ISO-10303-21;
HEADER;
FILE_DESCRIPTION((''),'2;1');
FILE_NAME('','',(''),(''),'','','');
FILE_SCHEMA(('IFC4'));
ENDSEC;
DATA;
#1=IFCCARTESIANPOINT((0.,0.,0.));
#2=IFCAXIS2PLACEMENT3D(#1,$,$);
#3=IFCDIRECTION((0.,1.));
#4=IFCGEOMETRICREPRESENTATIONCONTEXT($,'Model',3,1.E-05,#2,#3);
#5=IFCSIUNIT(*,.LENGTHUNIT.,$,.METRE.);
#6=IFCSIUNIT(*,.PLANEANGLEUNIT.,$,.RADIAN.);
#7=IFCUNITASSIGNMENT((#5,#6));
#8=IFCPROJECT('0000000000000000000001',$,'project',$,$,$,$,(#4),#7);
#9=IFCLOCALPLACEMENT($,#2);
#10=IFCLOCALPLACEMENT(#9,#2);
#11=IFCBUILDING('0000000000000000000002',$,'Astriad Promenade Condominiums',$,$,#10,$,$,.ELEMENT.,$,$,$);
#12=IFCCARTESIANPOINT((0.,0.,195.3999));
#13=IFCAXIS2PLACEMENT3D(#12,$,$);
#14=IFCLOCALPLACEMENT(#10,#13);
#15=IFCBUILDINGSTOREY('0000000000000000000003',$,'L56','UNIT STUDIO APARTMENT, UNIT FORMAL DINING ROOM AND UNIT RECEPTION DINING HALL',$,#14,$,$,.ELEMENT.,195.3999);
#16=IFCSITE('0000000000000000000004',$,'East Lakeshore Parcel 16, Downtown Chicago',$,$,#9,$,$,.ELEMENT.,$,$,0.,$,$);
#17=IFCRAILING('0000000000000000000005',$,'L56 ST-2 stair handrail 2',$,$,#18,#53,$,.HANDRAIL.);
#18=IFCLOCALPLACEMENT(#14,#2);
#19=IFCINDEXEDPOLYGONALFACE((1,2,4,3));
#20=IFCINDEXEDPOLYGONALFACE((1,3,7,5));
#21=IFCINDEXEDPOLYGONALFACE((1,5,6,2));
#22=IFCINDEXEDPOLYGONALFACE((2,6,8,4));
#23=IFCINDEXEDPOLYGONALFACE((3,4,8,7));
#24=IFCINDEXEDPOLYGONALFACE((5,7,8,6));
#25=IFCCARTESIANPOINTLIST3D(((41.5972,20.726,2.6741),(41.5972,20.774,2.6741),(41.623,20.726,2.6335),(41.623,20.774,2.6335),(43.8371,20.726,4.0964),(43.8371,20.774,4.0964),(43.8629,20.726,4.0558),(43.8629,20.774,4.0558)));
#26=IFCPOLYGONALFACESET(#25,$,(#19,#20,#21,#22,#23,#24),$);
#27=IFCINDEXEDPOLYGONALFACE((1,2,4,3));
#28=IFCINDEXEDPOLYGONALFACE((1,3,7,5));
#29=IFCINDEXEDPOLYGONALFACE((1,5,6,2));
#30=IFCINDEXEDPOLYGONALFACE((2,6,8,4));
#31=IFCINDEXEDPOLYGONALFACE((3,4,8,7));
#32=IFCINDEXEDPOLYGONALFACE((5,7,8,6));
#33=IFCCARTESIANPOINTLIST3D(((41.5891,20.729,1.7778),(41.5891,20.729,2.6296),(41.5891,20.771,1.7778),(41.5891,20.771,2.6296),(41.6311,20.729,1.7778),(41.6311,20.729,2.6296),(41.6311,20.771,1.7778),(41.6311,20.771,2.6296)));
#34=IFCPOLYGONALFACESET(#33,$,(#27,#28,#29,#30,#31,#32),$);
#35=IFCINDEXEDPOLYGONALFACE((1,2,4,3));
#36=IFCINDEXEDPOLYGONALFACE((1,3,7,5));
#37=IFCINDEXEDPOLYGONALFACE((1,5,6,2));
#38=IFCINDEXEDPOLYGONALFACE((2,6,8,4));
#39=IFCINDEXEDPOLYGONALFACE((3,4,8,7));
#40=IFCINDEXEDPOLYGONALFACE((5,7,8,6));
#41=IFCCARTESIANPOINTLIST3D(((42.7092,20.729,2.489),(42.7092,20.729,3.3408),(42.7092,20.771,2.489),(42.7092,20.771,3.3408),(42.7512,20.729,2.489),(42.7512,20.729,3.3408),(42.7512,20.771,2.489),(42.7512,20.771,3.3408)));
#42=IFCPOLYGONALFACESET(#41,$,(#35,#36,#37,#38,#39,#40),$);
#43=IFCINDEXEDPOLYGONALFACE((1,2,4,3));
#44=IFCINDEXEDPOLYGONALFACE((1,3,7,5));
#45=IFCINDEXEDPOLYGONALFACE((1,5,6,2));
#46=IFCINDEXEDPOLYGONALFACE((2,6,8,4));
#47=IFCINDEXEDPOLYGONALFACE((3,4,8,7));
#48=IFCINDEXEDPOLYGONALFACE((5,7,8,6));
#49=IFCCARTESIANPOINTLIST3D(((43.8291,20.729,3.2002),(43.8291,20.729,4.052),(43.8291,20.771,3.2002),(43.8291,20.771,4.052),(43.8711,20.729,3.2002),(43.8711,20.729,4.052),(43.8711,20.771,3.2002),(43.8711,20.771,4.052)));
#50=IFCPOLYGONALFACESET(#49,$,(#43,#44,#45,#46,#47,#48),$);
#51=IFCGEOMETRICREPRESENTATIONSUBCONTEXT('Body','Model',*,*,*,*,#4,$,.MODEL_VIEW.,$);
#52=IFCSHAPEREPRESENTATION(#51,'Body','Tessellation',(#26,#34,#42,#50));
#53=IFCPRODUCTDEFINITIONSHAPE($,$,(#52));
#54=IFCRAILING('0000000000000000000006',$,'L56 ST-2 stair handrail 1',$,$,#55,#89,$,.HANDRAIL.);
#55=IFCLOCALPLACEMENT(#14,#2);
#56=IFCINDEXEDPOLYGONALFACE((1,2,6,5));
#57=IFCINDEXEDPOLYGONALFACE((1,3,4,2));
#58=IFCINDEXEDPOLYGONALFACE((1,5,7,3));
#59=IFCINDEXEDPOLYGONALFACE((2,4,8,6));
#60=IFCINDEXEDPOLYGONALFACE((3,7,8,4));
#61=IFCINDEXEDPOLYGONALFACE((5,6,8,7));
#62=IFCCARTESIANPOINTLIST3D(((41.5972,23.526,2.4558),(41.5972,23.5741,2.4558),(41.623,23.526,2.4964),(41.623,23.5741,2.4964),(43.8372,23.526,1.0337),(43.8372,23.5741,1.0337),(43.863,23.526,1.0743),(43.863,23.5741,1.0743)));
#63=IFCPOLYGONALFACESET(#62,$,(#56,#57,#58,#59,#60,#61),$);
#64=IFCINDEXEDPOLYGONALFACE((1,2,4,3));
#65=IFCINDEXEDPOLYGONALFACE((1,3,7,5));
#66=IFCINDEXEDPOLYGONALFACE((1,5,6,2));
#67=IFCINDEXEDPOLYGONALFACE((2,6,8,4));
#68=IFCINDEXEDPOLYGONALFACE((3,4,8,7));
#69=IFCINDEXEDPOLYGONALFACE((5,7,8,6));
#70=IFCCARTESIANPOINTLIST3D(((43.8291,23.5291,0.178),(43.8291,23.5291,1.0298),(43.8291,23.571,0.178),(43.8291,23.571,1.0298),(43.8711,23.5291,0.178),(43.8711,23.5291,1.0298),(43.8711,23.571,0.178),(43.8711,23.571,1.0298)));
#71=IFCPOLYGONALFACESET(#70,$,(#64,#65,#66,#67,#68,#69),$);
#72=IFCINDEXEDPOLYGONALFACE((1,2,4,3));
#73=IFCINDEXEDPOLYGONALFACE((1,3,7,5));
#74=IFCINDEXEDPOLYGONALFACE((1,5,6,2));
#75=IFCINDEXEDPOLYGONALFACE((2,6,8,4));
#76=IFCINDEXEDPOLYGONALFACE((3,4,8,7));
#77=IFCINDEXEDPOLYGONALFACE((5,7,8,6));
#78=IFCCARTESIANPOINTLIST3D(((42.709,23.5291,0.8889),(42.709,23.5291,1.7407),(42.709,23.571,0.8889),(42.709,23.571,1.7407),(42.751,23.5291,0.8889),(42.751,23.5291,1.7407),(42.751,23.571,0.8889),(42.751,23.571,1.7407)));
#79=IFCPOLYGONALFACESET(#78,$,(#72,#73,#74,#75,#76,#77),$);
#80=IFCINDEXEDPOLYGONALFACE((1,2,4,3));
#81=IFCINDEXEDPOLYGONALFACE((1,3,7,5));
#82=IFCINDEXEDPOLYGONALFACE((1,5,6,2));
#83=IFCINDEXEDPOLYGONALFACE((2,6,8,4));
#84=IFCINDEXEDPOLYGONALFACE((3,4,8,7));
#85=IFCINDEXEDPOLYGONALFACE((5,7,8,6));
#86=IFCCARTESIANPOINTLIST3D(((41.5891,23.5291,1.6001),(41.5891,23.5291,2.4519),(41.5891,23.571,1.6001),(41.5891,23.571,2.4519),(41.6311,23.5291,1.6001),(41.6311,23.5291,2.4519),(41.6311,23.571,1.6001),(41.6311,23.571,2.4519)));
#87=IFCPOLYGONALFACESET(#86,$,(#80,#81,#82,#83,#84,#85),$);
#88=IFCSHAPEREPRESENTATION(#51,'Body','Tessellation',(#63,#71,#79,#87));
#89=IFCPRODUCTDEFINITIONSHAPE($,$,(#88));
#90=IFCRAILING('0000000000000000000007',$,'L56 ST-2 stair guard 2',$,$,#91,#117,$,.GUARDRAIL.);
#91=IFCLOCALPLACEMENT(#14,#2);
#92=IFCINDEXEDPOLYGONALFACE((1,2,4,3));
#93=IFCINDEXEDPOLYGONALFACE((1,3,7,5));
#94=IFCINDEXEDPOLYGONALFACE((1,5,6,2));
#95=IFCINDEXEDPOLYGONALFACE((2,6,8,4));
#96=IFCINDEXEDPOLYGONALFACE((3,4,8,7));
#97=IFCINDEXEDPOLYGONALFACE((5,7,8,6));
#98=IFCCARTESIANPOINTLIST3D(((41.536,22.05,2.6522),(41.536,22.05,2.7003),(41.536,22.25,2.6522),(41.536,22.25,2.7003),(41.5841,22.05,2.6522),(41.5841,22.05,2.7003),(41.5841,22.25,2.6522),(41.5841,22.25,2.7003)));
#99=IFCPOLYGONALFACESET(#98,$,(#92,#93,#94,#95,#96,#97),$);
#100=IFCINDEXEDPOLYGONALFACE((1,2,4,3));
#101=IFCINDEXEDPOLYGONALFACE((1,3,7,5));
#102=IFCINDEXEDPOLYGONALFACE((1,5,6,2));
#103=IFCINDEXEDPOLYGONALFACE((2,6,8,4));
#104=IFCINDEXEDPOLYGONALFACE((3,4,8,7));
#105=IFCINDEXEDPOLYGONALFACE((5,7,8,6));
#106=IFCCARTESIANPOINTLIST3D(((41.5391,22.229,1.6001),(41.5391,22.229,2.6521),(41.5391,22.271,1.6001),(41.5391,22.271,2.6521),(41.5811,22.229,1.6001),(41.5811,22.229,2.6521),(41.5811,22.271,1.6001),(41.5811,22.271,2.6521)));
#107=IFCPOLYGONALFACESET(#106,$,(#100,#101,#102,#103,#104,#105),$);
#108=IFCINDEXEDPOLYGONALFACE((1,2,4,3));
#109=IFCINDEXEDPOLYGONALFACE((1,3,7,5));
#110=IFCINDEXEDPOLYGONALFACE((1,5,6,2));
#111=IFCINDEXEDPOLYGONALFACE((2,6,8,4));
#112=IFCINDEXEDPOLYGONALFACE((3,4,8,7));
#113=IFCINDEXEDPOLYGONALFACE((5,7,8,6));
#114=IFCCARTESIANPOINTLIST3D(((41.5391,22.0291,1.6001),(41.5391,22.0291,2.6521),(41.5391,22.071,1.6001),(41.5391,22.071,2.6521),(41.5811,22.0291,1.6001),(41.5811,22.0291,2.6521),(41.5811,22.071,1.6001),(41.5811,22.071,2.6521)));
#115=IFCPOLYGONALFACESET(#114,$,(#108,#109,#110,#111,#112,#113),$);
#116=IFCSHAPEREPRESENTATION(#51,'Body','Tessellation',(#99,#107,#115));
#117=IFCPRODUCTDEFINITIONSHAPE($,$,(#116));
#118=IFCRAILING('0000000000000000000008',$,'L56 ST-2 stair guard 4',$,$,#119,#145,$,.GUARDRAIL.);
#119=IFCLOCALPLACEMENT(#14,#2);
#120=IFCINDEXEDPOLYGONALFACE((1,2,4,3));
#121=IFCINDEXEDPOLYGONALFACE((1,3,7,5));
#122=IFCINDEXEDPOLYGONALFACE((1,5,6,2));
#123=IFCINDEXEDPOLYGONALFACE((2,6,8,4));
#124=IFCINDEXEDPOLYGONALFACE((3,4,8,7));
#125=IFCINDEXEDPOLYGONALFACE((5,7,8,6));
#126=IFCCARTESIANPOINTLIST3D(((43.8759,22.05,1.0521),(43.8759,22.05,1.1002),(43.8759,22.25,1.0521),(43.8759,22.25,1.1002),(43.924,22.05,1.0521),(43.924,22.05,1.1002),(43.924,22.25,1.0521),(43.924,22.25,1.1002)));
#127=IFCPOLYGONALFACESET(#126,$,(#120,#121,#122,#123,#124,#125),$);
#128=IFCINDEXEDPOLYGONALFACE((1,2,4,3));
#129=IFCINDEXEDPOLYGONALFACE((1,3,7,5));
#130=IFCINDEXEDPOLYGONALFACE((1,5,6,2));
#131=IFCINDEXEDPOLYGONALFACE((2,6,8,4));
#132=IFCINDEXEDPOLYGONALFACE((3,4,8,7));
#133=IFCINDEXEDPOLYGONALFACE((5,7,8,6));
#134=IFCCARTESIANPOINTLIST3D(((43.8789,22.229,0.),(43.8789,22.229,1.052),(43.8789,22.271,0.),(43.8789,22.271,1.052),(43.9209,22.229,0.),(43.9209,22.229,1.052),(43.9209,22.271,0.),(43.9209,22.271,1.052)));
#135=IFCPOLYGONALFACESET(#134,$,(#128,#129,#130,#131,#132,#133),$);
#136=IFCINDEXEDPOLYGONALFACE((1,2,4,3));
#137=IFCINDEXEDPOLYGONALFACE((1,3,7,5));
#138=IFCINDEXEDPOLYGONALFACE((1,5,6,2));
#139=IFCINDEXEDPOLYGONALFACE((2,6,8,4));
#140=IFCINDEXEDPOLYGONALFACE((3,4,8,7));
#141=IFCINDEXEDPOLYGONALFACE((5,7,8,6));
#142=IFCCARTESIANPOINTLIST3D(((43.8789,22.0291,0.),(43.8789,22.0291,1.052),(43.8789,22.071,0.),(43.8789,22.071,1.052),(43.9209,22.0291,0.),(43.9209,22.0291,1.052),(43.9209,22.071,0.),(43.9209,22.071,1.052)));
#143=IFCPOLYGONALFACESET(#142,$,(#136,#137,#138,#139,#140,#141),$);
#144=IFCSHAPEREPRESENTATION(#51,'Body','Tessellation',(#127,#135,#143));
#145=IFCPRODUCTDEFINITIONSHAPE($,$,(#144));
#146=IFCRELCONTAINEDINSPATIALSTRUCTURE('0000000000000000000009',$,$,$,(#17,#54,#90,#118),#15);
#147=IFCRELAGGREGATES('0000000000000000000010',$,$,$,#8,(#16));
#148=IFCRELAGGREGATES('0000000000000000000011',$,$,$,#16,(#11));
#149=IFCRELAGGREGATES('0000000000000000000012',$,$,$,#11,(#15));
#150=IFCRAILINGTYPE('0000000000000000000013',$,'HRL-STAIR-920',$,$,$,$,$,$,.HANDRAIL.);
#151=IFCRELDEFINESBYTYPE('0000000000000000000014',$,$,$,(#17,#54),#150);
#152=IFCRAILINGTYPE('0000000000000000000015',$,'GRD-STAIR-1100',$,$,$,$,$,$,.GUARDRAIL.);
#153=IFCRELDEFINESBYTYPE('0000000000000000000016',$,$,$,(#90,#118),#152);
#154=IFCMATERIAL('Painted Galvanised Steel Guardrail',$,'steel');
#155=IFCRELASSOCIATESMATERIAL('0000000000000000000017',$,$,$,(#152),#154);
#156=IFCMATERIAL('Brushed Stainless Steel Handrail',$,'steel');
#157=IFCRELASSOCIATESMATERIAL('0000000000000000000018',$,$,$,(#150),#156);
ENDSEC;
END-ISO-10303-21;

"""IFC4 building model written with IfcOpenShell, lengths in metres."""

from ifc_helpers import new_model, si_unit, direction, frame, origin, origin_2d, place, context, subcontext, project, spatial, rectangle, extrude, source, transform, mapped, material, type_object, type_shapes, element, save


model = new_model("IFC4")

# Units and contexts
model_context = context("Model", 3, precision=1e-05, world=origin(), true_north=direction((0.0, 1.0)))
body_context = subcontext(model_context, "Body", "Model", "MODEL_VIEW")
ifc_project = project(units=[si_unit("LENGTHUNIT", "METRE"), si_unit("PLANEANGLEUNIT", "RADIAN")], contexts=[model_context])

# Site, building, storey
site_placement = place(None, origin())
site = spatial("IfcSite", under=ifc_project, at=site_placement, Name="East Lakeshore Parcel 16, Downtown Chicago", CompositionType="ELEMENT", RefElevation=0.0)
building_placement = place(site_placement, origin())
building = spatial("IfcBuilding", under=site, at=building_placement, Name="Astriad Promenade Condominiums", CompositionType="ELEMENT")
storey_placement = place(building_placement, frame((0.0, 0.0, 195.3999)))
storey = spatial("IfcBuildingStorey", under=building, at=storey_placement, Name="L56", Description="UNIT STUDIO APARTMENT, UNIT FORMAL DINING ROOM AND UNIT RECEPTION DINING HALL", CompositionType="ELEMENT", Elevation=195.3999)

# Railings
ifc_material_1 = material(Name="Painted Galvanised Steel Guardrail", Category="steel")
railing_type_1 = type_object("IfcRailingType", Name="GRD-STAIR-1100", PredefinedType="GUARDRAIL", material=ifc_material_1)
ifc_material_2 = material(Name="Brushed Stainless Steel Handrail", Category="steel")
railing_type_2 = type_object("IfcRailingType", Name="HRL-STAIR-920", PredefinedType="HANDRAIL", material=ifc_material_2)
shared_shape_1 = source(origin(), body_context, "Body", "SweptSolid", [
    extrude(rectangle(XDim=0.0481, YDim=0.0481, at=origin_2d()), frame((0.0, 0.0, 0.876), z_axis=(0.844188, 0.0, 0.536048), x_axis=(0.0, 1.0, 0.0)), (0.0, 0.0, 1.0), 2.6533),
    extrude(rectangle(XDim=0.042, YDim=0.042, at=origin_2d()), origin(), (0.0, 0.0, 1.0), 0.8518),
    extrude(rectangle(XDim=0.042, YDim=0.042, at=origin_2d()), frame((1.1201, 0.0, 0.7112)), (0.0, 0.0, 1.0), 0.8518),
    extrude(rectangle(XDim=0.042, YDim=0.042, at=origin_2d()), frame((2.24, 0.0, 1.4224)), (0.0, 0.0, 1.0), 0.8518),
])
railing_1_placement = place(storey_placement, frame((41.6101, 20.75, 1.7778)))
element("IfcRailing", 1, at=railing_1_placement, inside=storey, type_object=railing_type_2, Name="L56 ST-2 stair handrail 2", PredefinedType="HANDRAIL", context=body_context, shape_type="MappedRepresentation", body=[
    mapped(shared_shape_1, transform((0.0, 0.0, 0.0), scale=1.0)),
])
shared_shape_2 = source(origin(), body_context, "Body", "SweptSolid", [
    extrude(rectangle(XDim=0.0481, YDim=0.0481, at=origin_2d()), frame((0.0, 0.0, 0.876), z_axis=(-0.844229, 0.0, 0.535982), x_axis=(0.0, -1.0, 0.0)), (0.0, 0.0, 1.0), 2.6533),
    extrude(rectangle(XDim=0.042, YDim=0.042, at=origin_2d()), origin(), (0.0, 0.0, 1.0), 0.8518),
    extrude(rectangle(XDim=0.042, YDim=0.042, at=origin_2d()), frame((-1.1201, 0.0, 0.7109)), (0.0, 0.0, 1.0), 0.8518),
    extrude(rectangle(XDim=0.042, YDim=0.042, at=origin_2d()), frame((-2.24, 0.0, 1.4221)), (0.0, 0.0, 1.0), 0.8518),
])
type_shapes(railing_type_2, [shared_shape_1, shared_shape_2])
railing_2_placement = place(storey_placement, frame((43.8501, 23.55, 0.178)))
element("IfcRailing", 2, at=railing_2_placement, inside=storey, type_object=railing_type_2, Name="L56 ST-2 stair handrail 1", PredefinedType="HANDRAIL", context=body_context, shape_type="MappedRepresentation", body=[
    mapped(shared_shape_2, transform((0.0, 0.0, 0.0), scale=1.0)),
])
shared_shape_3 = source(origin(), body_context, "Body", "SweptSolid", [
    extrude(rectangle(XDim=0.0481, YDim=0.0481, at=origin_2d()), frame((0.0, 0.0, 1.0762), z_axis=(0.0, -1.0, 0.0), x_axis=(1.0, 0.0, 0.0)), (0.0, 0.0, 1.0), 0.2),
    extrude(rectangle(XDim=0.042, YDim=0.042, at=origin_2d()), origin(), (0.0, 0.0, 1.0), 1.052),
    extrude(rectangle(XDim=0.042, YDim=0.042, at=origin_2d()), frame((0.0, -0.2, 0.0)), (0.0, 0.0, 1.0), 1.052),
])
for number, where, name in (
    (3, (41.5601, 22.25, 1.6001), "L56 ST-2 stair guard 2"),
    (4, (43.8999, 22.25, 0.0), "L56 ST-2 stair guard 4"),
):
    element("IfcRailing", number, at=place(storey_placement, frame(where)), inside=storey, type_object=railing_type_1, Name=name, PredefinedType="GUARDRAIL", context=body_context, shape_type="MappedRepresentation", body=[
        mapped(shared_shape_3, transform((0.0, 0.0, 0.0), scale=1.0)),
    ])

save(model, "model.ifc")
